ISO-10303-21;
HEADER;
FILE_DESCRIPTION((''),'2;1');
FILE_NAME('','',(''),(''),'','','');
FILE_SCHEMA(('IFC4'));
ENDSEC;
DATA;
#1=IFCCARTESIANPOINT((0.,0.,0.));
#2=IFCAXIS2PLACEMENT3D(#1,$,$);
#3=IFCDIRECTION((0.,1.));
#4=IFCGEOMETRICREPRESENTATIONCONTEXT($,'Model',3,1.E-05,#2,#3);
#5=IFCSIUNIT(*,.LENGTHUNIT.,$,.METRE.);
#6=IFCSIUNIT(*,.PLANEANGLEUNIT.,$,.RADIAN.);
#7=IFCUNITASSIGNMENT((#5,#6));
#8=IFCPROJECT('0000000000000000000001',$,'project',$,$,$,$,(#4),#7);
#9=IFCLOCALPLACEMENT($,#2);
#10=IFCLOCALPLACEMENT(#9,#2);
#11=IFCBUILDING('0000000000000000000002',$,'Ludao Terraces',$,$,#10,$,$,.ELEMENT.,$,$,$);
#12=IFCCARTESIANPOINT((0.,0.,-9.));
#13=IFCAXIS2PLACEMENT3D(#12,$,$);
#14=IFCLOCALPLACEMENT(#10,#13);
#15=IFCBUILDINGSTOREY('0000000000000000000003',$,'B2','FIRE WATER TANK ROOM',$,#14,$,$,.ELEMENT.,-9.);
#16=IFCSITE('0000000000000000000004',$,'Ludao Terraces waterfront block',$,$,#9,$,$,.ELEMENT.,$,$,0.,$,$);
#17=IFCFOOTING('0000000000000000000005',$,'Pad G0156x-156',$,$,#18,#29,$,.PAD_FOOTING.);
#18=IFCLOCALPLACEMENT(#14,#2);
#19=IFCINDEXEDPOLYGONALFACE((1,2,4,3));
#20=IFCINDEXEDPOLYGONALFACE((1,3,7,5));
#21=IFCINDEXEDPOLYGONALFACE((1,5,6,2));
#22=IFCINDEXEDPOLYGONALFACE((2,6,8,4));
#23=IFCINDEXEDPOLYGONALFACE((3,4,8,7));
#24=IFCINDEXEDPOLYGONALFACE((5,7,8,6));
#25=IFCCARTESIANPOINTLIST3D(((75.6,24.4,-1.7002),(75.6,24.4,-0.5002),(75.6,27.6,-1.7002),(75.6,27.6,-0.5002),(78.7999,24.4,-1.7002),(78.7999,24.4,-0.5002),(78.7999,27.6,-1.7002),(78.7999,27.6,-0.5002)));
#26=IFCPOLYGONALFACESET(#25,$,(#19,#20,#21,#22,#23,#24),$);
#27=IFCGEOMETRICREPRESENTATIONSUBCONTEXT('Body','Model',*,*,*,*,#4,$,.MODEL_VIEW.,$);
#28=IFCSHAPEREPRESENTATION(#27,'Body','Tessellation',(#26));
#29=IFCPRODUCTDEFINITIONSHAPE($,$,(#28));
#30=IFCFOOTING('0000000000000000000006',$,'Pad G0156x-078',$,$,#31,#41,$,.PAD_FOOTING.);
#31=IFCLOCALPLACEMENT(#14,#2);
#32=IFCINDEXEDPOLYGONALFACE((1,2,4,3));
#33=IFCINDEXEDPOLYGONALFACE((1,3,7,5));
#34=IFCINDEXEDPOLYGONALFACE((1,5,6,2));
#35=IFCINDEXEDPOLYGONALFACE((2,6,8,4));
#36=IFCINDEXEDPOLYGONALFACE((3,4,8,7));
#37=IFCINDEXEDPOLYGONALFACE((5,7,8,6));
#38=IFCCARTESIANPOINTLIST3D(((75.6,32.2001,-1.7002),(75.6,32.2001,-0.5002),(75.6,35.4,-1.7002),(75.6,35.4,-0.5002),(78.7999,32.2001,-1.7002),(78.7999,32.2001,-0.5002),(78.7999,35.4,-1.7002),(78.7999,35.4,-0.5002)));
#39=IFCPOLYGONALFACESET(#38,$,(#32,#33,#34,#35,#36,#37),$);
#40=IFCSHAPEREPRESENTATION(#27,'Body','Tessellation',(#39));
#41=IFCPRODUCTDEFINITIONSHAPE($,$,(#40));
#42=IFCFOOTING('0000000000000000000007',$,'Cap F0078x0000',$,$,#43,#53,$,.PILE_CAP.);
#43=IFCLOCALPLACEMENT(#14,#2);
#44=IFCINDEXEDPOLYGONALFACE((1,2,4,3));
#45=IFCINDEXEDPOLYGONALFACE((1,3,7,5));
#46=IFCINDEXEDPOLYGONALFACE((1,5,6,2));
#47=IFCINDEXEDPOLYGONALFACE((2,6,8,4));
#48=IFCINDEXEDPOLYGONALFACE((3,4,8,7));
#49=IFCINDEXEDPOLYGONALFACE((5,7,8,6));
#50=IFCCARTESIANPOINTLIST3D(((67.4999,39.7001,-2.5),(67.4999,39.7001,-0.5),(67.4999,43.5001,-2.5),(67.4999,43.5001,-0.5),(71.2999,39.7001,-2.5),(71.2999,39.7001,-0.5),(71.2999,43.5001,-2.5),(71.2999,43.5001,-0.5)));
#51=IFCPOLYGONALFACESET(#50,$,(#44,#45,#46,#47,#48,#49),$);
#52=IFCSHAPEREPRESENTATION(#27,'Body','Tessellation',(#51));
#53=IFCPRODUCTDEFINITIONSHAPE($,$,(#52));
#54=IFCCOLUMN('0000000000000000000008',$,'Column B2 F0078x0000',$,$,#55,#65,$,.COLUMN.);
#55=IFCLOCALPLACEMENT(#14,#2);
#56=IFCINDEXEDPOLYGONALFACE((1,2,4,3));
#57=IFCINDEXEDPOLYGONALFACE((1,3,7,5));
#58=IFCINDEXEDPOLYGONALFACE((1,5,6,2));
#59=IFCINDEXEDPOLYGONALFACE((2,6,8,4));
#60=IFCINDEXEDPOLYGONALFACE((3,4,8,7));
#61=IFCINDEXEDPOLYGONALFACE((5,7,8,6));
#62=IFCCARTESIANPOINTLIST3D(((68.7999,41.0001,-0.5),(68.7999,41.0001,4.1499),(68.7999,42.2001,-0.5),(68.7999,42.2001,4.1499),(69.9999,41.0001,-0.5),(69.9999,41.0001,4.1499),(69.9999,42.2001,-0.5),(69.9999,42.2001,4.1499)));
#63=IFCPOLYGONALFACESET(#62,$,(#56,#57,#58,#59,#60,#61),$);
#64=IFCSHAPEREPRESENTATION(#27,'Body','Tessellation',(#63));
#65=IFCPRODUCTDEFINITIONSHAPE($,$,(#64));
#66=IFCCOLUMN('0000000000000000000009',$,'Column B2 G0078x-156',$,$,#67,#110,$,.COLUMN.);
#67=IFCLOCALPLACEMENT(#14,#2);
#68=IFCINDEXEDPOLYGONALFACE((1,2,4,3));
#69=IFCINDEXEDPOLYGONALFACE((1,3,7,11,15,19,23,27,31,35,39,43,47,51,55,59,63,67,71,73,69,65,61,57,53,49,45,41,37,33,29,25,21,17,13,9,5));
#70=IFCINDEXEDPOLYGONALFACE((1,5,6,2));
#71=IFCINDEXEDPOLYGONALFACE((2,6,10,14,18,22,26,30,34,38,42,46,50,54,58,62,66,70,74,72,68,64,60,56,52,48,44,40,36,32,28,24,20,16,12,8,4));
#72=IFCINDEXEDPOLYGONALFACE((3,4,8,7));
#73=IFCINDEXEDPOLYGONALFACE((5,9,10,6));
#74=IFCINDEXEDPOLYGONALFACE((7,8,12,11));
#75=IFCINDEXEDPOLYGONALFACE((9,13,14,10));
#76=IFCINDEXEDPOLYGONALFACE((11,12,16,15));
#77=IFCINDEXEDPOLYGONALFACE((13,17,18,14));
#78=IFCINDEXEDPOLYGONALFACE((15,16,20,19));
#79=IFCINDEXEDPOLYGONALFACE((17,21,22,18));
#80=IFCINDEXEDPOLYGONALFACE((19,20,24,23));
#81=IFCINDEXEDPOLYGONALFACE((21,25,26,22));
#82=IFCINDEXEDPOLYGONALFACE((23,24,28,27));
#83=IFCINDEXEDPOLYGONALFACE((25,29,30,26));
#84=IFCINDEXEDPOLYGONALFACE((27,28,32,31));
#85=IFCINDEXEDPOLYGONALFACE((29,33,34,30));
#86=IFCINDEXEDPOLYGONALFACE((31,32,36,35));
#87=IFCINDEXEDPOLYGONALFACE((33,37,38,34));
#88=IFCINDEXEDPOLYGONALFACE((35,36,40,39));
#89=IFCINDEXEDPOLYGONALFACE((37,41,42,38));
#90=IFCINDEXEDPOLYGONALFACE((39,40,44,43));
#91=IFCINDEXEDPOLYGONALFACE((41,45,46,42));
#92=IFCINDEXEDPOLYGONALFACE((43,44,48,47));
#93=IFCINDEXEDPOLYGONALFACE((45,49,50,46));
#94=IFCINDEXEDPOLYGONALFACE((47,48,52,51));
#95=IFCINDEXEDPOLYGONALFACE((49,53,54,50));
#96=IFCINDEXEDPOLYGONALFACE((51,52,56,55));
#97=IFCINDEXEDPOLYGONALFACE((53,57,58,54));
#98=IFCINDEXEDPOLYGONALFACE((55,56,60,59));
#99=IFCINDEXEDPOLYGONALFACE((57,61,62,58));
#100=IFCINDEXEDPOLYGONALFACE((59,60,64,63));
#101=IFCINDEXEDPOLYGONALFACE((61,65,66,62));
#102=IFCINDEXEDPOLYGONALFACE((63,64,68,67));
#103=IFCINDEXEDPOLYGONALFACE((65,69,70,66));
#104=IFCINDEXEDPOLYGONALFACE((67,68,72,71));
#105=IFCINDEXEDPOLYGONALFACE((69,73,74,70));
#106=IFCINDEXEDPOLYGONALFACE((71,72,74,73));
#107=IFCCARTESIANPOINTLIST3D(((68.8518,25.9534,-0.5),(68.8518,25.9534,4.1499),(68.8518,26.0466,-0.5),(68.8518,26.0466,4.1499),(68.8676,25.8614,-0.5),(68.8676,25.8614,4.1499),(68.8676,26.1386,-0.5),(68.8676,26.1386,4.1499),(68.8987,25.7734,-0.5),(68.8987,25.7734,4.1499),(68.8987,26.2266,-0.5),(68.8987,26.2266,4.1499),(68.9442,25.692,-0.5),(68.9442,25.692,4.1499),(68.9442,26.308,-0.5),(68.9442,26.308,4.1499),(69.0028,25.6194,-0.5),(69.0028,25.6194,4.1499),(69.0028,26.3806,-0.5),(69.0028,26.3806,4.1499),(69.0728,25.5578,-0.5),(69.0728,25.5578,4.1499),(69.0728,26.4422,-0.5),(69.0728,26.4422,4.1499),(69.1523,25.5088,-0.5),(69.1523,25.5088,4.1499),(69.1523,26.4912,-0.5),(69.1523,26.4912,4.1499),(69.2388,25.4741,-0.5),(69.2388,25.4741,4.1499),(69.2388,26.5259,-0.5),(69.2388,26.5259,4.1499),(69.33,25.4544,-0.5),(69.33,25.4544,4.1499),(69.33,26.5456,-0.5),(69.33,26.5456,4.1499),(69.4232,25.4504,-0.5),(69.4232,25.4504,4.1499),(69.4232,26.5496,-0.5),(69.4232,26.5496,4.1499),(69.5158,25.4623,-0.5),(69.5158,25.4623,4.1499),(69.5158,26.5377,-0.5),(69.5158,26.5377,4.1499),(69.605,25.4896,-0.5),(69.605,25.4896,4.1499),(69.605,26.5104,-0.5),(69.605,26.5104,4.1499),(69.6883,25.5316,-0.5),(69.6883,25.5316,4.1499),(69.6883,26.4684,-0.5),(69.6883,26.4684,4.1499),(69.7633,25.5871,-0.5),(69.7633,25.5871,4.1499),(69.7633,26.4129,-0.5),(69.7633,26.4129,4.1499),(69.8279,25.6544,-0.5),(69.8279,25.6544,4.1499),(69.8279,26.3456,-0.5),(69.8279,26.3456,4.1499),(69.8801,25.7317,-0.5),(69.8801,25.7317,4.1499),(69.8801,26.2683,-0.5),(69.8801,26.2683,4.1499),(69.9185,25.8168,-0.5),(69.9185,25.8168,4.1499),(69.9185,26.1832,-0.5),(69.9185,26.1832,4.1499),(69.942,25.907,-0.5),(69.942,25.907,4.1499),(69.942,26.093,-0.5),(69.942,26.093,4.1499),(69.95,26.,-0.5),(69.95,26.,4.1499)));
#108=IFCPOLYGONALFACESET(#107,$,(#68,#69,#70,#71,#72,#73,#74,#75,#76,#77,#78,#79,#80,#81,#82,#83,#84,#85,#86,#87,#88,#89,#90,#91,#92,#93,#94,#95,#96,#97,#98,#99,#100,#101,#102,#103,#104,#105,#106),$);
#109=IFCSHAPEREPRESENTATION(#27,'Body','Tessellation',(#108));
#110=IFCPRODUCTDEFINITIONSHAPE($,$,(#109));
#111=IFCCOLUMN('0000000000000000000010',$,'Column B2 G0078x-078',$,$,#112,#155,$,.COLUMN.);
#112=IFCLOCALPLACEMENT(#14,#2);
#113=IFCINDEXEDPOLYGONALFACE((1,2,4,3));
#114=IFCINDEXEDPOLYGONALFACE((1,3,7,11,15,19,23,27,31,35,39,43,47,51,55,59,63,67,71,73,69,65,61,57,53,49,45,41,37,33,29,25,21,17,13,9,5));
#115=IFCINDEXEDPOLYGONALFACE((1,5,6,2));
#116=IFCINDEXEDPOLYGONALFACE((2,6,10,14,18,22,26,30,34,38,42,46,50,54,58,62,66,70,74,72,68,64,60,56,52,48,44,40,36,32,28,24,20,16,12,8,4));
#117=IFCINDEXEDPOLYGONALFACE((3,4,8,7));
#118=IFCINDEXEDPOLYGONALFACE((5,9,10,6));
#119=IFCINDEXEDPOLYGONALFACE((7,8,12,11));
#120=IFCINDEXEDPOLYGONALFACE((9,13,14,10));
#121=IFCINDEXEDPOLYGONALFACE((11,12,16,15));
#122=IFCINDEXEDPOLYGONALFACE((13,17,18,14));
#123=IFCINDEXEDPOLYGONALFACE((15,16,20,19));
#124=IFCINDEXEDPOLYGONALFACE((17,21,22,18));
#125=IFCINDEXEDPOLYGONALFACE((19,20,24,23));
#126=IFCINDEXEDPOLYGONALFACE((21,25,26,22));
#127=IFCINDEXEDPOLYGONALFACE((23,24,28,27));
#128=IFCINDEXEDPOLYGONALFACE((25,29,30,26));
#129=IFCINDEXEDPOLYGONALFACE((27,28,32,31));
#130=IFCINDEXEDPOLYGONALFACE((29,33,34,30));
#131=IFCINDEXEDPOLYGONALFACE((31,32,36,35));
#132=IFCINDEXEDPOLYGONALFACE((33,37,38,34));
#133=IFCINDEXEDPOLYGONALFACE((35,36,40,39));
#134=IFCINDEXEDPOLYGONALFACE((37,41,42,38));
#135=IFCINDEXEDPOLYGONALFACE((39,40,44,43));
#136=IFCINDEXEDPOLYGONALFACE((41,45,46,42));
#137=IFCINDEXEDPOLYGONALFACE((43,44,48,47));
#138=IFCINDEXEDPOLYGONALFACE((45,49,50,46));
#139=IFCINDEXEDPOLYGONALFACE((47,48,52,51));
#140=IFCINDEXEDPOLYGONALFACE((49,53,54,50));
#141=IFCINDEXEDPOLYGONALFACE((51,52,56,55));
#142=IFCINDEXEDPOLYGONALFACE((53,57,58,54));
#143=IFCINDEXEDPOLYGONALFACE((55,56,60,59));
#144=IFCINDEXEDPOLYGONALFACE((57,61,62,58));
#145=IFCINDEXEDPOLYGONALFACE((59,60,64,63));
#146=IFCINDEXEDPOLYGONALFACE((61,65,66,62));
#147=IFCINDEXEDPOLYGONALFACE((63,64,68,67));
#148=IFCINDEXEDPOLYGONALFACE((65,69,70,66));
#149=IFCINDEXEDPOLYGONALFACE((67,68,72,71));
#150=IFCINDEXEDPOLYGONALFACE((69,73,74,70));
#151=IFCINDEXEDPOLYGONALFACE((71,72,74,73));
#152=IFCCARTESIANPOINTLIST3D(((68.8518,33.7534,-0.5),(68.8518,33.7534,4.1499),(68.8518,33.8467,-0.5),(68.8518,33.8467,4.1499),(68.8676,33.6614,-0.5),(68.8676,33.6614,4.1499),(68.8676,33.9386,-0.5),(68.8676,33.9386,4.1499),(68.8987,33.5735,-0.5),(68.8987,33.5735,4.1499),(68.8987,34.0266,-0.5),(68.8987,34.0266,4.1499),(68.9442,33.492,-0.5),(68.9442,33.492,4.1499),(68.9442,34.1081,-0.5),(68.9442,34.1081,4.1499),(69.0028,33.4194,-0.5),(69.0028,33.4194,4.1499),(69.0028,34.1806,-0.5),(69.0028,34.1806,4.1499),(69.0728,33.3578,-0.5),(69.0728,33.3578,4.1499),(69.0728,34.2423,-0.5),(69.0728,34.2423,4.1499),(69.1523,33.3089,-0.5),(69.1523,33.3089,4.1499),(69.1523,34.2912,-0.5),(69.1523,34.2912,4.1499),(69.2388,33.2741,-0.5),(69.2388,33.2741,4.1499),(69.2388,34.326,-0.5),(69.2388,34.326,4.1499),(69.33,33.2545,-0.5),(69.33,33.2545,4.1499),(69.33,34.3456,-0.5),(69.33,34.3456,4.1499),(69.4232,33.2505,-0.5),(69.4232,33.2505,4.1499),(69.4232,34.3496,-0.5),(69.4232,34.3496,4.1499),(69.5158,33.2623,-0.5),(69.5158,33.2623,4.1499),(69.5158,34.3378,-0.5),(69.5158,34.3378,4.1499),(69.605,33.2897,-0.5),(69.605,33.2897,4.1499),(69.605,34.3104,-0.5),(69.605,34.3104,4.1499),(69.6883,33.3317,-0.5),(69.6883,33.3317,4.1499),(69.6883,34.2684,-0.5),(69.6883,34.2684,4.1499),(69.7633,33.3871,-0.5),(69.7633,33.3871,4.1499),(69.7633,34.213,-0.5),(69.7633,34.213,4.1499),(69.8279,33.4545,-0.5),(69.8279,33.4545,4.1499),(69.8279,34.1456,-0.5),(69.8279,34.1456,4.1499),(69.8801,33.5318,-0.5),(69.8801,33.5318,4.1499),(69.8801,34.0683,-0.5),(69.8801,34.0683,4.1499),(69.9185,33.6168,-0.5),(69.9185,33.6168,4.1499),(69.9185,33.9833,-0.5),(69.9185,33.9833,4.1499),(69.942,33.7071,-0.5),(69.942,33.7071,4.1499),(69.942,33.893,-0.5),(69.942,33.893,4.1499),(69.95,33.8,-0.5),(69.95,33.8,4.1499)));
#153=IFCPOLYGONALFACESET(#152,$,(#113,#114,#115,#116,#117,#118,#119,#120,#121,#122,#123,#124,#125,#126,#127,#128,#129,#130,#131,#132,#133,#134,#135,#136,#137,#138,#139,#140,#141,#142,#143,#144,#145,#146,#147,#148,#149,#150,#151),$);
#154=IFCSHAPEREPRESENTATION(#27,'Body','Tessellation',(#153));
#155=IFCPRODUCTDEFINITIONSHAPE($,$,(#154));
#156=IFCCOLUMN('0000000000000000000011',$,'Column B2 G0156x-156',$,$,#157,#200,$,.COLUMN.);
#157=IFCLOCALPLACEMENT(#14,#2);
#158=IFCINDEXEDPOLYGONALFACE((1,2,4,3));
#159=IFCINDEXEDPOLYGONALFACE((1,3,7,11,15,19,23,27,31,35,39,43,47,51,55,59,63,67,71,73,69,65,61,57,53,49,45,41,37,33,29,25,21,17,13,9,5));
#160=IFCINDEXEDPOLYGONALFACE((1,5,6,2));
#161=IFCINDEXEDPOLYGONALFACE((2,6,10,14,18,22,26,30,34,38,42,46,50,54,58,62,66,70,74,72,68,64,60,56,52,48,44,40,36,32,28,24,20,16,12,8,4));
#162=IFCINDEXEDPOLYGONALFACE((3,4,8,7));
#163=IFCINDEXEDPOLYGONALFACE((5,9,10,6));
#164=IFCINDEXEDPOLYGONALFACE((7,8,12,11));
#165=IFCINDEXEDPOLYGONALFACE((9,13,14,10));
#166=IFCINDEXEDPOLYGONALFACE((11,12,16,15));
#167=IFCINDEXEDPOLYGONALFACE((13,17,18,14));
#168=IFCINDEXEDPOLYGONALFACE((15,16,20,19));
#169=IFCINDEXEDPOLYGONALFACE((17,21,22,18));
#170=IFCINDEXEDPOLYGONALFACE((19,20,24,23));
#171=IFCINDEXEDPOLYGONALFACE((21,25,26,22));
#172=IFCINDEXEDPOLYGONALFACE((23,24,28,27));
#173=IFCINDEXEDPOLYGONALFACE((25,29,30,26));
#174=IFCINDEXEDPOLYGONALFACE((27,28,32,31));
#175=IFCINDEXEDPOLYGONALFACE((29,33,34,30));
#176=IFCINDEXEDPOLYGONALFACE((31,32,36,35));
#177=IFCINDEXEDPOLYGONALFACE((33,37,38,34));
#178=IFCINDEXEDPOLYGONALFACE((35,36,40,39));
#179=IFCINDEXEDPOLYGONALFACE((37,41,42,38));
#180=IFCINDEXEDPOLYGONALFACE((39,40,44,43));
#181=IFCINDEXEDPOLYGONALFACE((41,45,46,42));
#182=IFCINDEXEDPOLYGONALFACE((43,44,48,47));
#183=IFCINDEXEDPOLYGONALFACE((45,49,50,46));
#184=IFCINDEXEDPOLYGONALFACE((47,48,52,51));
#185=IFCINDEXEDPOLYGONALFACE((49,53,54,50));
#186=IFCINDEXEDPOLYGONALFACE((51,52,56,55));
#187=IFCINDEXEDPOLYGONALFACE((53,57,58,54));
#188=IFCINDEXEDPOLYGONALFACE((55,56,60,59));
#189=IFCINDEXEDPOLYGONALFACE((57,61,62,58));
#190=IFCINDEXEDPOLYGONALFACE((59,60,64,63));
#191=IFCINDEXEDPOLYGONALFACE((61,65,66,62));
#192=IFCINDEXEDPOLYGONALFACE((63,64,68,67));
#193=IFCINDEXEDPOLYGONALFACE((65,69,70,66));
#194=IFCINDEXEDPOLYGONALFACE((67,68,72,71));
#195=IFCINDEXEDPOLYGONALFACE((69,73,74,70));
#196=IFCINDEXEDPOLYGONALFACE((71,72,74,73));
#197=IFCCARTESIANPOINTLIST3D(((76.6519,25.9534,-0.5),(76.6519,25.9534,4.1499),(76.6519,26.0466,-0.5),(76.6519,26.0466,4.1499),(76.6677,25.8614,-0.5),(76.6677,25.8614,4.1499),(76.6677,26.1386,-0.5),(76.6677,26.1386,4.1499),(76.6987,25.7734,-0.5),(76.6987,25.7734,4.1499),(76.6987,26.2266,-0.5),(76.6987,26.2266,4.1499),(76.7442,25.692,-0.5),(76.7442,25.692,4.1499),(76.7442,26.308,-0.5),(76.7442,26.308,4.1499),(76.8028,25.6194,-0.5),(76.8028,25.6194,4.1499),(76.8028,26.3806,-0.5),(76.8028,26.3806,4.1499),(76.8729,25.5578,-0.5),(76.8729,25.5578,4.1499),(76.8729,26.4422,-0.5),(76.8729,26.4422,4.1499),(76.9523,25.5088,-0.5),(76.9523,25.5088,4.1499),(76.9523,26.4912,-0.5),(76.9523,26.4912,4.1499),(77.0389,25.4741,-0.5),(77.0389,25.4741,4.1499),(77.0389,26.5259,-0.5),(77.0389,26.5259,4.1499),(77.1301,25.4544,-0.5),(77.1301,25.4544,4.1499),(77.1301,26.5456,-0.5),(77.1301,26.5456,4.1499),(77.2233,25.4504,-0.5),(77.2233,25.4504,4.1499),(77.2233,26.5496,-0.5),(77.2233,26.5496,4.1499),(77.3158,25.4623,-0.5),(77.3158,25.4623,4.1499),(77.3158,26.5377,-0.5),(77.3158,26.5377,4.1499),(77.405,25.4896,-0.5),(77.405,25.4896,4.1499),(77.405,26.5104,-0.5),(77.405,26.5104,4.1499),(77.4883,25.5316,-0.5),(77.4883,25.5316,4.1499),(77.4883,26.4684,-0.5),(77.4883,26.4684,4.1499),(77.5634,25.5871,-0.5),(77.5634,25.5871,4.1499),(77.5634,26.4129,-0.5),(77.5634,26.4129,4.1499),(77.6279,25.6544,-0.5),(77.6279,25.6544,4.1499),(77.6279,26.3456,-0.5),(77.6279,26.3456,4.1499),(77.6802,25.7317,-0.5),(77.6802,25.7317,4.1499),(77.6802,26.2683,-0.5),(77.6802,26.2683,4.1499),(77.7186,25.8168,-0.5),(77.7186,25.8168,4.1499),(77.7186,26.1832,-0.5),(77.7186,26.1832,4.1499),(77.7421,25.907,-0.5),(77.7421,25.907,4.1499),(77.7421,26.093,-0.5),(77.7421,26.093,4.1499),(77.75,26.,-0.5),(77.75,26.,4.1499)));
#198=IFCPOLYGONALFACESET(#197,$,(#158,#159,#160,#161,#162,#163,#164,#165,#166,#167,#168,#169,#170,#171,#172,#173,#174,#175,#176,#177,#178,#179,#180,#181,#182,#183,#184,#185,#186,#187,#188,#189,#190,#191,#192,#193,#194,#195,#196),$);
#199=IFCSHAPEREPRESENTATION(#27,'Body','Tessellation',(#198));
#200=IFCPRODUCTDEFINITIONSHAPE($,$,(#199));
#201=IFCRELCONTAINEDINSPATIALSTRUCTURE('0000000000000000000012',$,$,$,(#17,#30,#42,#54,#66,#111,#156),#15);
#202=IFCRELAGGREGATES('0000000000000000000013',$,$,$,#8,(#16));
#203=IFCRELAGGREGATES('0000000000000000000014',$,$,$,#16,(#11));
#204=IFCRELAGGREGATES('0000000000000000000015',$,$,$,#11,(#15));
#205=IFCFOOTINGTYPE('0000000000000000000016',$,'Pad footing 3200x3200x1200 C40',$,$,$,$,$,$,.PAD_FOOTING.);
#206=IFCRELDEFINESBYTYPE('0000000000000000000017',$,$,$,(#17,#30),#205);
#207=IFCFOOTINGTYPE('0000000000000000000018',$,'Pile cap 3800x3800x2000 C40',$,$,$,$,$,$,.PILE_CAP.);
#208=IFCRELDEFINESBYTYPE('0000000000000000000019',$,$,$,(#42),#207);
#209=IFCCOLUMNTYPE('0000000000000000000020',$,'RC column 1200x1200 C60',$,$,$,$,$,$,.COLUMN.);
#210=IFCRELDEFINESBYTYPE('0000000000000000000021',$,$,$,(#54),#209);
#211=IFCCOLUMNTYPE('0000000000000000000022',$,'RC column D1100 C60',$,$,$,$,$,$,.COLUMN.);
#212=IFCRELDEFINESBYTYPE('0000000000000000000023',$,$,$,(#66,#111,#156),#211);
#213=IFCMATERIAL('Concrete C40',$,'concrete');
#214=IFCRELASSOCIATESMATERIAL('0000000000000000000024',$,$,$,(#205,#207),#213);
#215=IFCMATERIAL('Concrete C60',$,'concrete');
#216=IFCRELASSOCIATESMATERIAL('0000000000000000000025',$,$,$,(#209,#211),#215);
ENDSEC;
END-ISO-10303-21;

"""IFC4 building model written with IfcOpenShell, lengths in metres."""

from ifc_helpers import new_model, si_unit, direction, frame, origin, origin_2d, place, context, subcontext, project, spatial, rectangle, circle, extrude, material, material_profile, profile_set, type_object, element, save


model = new_model("IFC4")

# Units and contexts
model_context = context("Model", 3, precision=1e-05, world=origin(), true_north=direction((0.0, 1.0)))
body_context = subcontext(model_context, "Body", "Model", "MODEL_VIEW")
ifc_project = project(units=[si_unit("LENGTHUNIT", "METRE"), si_unit("PLANEANGLEUNIT", "RADIAN")], contexts=[model_context])

# Site, building, storey
site_placement = place(None, origin())
site = spatial("IfcSite", under=ifc_project, at=site_placement, Name="Ludao Terraces waterfront block", CompositionType="ELEMENT", RefElevation=0.0)
building_placement = place(site_placement, origin())
building = spatial("IfcBuilding", under=site, at=building_placement, Name="Ludao Terraces", CompositionType="ELEMENT")
storey_placement = place(building_placement, frame((0.0, 0.0, -9.0)))
storey = spatial("IfcBuildingStorey", under=building, at=storey_placement, Name="B2", Description="FIRE WATER TANK ROOM", CompositionType="ELEMENT", Elevation=-9.0)

# Shared definitions
ifc_material_1 = material(Name="Concrete C40", Category="concrete")

# Footings
footing_type_1 = type_object("IfcFootingType", Name="Pad footing 3200x3200x1200 C40", PredefinedType="PAD_FOOTING", material=ifc_material_1)
for number, where, z_axis, x_axis, name in (
    (1, (77.2, 26.0, -1.7002), (0.0, 0.0, 1.0), (1.0, 0.0, 0.0), "Pad G0156x-156"),
    (2, (77.2, 33.8, -1.7002), (0.0, 0.0, 1.0), (1.0, 0.0, 0.0), "Pad G0156x-078"),
):
    element("IfcFooting", number, at=place(storey_placement, frame(where, z_axis=z_axis, x_axis=x_axis)), inside=storey, type_object=footing_type_1, Name=name, PredefinedType="PAD_FOOTING", context=body_context, shape_type="SweptSolid", body=[
        extrude(rectangle(XDim=3.2, YDim=3.2, at=origin_2d()), origin(), (0.0, 0.0, 1.0), 1.2),
    ])
footing_type_2 = type_object("IfcFootingType", Name="Pile cap 3800x3800x2000 C40", PredefinedType="PILE_CAP", material=ifc_material_1)
footing_placement = place(storey_placement, frame((69.3999, 41.6001, -2.5), z_axis=(0.0, 0.0, 1.0), x_axis=(1.0, 0.0, 0.0)))
element("IfcFooting", 3, at=footing_placement, inside=storey, type_object=footing_type_2, Name="Cap F0078x0000", PredefinedType="PILE_CAP", context=body_context, shape_type="SweptSolid", body=[
    extrude(rectangle(XDim=3.8, YDim=3.8, at=origin_2d()), origin(), (0.0, 0.0, 1.0), 2.0),
])

# Columns
ifc_material_2 = material(Name="Concrete C60", Category="concrete")
ifc_material_profile_1 = material_profile(ifc_material_2, rectangle(XDim=1.2, YDim=1.2, at=origin_2d()), Name="1200 X 1200")
ifc_profile_set_1 = profile_set([ifc_material_profile_1], Name="Concrete C60")
column_type_1 = type_object("IfcColumnType", Name="RC column 1200x1200 C60", PredefinedType="COLUMN", material=ifc_profile_set_1)
column_placement = place(storey_placement, frame((69.3999, 41.6001, -0.5), z_axis=(0.0, 0.0, 1.0), x_axis=(1.0, 0.0, 0.0)))
element("IfcColumn", 4, at=column_placement, inside=storey, type_object=column_type_1, Name="Column B2 F0078x0000", PredefinedType="COLUMN", context=body_context, shape_type="SweptSolid", body=[
    extrude(rectangle(XDim=1.2, YDim=1.2, at=origin_2d()), origin(), (0.0, 0.0, 1.0), 4.6499),
])
ifc_material_profile_2 = material_profile(ifc_material_2, circle(Radius=0.55, at=origin_2d()), Name="D1100")
ifc_profile_set_2 = profile_set([ifc_material_profile_2], Name="Concrete C60")
column_type_2 = type_object("IfcColumnType", Name="RC column D1100 C60", PredefinedType="COLUMN", material=ifc_profile_set_2)
for number, where, z_axis, x_axis, name in (
    (5, (69.3999, 26.0, -0.5), (0.0, 0.0, 1.0), (1.0, 0.0, 0.0), "Column B2 G0078x-156"),
    (6, (69.3999, 33.8, -0.5), (0.0, 0.0, 1.0), (1.0, 0.0, 0.0), "Column B2 G0078x-078"),
    (7, (77.2, 26.0, -0.5), (0.0, 0.0, 1.0), (1.0, 0.0, 0.0), "Column B2 G0156x-156"),
):
    element("IfcColumn", number, at=place(storey_placement, frame(where, z_axis=z_axis, x_axis=x_axis)), inside=storey, type_object=column_type_2, Name=name, PredefinedType="COLUMN", context=body_context, shape_type="SweptSolid", body=[
        extrude(circle(Radius=0.55, at=origin_2d()), origin(), (0.0, 0.0, 1.0), 4.6499),
    ])

save(model, "model.ifc")
